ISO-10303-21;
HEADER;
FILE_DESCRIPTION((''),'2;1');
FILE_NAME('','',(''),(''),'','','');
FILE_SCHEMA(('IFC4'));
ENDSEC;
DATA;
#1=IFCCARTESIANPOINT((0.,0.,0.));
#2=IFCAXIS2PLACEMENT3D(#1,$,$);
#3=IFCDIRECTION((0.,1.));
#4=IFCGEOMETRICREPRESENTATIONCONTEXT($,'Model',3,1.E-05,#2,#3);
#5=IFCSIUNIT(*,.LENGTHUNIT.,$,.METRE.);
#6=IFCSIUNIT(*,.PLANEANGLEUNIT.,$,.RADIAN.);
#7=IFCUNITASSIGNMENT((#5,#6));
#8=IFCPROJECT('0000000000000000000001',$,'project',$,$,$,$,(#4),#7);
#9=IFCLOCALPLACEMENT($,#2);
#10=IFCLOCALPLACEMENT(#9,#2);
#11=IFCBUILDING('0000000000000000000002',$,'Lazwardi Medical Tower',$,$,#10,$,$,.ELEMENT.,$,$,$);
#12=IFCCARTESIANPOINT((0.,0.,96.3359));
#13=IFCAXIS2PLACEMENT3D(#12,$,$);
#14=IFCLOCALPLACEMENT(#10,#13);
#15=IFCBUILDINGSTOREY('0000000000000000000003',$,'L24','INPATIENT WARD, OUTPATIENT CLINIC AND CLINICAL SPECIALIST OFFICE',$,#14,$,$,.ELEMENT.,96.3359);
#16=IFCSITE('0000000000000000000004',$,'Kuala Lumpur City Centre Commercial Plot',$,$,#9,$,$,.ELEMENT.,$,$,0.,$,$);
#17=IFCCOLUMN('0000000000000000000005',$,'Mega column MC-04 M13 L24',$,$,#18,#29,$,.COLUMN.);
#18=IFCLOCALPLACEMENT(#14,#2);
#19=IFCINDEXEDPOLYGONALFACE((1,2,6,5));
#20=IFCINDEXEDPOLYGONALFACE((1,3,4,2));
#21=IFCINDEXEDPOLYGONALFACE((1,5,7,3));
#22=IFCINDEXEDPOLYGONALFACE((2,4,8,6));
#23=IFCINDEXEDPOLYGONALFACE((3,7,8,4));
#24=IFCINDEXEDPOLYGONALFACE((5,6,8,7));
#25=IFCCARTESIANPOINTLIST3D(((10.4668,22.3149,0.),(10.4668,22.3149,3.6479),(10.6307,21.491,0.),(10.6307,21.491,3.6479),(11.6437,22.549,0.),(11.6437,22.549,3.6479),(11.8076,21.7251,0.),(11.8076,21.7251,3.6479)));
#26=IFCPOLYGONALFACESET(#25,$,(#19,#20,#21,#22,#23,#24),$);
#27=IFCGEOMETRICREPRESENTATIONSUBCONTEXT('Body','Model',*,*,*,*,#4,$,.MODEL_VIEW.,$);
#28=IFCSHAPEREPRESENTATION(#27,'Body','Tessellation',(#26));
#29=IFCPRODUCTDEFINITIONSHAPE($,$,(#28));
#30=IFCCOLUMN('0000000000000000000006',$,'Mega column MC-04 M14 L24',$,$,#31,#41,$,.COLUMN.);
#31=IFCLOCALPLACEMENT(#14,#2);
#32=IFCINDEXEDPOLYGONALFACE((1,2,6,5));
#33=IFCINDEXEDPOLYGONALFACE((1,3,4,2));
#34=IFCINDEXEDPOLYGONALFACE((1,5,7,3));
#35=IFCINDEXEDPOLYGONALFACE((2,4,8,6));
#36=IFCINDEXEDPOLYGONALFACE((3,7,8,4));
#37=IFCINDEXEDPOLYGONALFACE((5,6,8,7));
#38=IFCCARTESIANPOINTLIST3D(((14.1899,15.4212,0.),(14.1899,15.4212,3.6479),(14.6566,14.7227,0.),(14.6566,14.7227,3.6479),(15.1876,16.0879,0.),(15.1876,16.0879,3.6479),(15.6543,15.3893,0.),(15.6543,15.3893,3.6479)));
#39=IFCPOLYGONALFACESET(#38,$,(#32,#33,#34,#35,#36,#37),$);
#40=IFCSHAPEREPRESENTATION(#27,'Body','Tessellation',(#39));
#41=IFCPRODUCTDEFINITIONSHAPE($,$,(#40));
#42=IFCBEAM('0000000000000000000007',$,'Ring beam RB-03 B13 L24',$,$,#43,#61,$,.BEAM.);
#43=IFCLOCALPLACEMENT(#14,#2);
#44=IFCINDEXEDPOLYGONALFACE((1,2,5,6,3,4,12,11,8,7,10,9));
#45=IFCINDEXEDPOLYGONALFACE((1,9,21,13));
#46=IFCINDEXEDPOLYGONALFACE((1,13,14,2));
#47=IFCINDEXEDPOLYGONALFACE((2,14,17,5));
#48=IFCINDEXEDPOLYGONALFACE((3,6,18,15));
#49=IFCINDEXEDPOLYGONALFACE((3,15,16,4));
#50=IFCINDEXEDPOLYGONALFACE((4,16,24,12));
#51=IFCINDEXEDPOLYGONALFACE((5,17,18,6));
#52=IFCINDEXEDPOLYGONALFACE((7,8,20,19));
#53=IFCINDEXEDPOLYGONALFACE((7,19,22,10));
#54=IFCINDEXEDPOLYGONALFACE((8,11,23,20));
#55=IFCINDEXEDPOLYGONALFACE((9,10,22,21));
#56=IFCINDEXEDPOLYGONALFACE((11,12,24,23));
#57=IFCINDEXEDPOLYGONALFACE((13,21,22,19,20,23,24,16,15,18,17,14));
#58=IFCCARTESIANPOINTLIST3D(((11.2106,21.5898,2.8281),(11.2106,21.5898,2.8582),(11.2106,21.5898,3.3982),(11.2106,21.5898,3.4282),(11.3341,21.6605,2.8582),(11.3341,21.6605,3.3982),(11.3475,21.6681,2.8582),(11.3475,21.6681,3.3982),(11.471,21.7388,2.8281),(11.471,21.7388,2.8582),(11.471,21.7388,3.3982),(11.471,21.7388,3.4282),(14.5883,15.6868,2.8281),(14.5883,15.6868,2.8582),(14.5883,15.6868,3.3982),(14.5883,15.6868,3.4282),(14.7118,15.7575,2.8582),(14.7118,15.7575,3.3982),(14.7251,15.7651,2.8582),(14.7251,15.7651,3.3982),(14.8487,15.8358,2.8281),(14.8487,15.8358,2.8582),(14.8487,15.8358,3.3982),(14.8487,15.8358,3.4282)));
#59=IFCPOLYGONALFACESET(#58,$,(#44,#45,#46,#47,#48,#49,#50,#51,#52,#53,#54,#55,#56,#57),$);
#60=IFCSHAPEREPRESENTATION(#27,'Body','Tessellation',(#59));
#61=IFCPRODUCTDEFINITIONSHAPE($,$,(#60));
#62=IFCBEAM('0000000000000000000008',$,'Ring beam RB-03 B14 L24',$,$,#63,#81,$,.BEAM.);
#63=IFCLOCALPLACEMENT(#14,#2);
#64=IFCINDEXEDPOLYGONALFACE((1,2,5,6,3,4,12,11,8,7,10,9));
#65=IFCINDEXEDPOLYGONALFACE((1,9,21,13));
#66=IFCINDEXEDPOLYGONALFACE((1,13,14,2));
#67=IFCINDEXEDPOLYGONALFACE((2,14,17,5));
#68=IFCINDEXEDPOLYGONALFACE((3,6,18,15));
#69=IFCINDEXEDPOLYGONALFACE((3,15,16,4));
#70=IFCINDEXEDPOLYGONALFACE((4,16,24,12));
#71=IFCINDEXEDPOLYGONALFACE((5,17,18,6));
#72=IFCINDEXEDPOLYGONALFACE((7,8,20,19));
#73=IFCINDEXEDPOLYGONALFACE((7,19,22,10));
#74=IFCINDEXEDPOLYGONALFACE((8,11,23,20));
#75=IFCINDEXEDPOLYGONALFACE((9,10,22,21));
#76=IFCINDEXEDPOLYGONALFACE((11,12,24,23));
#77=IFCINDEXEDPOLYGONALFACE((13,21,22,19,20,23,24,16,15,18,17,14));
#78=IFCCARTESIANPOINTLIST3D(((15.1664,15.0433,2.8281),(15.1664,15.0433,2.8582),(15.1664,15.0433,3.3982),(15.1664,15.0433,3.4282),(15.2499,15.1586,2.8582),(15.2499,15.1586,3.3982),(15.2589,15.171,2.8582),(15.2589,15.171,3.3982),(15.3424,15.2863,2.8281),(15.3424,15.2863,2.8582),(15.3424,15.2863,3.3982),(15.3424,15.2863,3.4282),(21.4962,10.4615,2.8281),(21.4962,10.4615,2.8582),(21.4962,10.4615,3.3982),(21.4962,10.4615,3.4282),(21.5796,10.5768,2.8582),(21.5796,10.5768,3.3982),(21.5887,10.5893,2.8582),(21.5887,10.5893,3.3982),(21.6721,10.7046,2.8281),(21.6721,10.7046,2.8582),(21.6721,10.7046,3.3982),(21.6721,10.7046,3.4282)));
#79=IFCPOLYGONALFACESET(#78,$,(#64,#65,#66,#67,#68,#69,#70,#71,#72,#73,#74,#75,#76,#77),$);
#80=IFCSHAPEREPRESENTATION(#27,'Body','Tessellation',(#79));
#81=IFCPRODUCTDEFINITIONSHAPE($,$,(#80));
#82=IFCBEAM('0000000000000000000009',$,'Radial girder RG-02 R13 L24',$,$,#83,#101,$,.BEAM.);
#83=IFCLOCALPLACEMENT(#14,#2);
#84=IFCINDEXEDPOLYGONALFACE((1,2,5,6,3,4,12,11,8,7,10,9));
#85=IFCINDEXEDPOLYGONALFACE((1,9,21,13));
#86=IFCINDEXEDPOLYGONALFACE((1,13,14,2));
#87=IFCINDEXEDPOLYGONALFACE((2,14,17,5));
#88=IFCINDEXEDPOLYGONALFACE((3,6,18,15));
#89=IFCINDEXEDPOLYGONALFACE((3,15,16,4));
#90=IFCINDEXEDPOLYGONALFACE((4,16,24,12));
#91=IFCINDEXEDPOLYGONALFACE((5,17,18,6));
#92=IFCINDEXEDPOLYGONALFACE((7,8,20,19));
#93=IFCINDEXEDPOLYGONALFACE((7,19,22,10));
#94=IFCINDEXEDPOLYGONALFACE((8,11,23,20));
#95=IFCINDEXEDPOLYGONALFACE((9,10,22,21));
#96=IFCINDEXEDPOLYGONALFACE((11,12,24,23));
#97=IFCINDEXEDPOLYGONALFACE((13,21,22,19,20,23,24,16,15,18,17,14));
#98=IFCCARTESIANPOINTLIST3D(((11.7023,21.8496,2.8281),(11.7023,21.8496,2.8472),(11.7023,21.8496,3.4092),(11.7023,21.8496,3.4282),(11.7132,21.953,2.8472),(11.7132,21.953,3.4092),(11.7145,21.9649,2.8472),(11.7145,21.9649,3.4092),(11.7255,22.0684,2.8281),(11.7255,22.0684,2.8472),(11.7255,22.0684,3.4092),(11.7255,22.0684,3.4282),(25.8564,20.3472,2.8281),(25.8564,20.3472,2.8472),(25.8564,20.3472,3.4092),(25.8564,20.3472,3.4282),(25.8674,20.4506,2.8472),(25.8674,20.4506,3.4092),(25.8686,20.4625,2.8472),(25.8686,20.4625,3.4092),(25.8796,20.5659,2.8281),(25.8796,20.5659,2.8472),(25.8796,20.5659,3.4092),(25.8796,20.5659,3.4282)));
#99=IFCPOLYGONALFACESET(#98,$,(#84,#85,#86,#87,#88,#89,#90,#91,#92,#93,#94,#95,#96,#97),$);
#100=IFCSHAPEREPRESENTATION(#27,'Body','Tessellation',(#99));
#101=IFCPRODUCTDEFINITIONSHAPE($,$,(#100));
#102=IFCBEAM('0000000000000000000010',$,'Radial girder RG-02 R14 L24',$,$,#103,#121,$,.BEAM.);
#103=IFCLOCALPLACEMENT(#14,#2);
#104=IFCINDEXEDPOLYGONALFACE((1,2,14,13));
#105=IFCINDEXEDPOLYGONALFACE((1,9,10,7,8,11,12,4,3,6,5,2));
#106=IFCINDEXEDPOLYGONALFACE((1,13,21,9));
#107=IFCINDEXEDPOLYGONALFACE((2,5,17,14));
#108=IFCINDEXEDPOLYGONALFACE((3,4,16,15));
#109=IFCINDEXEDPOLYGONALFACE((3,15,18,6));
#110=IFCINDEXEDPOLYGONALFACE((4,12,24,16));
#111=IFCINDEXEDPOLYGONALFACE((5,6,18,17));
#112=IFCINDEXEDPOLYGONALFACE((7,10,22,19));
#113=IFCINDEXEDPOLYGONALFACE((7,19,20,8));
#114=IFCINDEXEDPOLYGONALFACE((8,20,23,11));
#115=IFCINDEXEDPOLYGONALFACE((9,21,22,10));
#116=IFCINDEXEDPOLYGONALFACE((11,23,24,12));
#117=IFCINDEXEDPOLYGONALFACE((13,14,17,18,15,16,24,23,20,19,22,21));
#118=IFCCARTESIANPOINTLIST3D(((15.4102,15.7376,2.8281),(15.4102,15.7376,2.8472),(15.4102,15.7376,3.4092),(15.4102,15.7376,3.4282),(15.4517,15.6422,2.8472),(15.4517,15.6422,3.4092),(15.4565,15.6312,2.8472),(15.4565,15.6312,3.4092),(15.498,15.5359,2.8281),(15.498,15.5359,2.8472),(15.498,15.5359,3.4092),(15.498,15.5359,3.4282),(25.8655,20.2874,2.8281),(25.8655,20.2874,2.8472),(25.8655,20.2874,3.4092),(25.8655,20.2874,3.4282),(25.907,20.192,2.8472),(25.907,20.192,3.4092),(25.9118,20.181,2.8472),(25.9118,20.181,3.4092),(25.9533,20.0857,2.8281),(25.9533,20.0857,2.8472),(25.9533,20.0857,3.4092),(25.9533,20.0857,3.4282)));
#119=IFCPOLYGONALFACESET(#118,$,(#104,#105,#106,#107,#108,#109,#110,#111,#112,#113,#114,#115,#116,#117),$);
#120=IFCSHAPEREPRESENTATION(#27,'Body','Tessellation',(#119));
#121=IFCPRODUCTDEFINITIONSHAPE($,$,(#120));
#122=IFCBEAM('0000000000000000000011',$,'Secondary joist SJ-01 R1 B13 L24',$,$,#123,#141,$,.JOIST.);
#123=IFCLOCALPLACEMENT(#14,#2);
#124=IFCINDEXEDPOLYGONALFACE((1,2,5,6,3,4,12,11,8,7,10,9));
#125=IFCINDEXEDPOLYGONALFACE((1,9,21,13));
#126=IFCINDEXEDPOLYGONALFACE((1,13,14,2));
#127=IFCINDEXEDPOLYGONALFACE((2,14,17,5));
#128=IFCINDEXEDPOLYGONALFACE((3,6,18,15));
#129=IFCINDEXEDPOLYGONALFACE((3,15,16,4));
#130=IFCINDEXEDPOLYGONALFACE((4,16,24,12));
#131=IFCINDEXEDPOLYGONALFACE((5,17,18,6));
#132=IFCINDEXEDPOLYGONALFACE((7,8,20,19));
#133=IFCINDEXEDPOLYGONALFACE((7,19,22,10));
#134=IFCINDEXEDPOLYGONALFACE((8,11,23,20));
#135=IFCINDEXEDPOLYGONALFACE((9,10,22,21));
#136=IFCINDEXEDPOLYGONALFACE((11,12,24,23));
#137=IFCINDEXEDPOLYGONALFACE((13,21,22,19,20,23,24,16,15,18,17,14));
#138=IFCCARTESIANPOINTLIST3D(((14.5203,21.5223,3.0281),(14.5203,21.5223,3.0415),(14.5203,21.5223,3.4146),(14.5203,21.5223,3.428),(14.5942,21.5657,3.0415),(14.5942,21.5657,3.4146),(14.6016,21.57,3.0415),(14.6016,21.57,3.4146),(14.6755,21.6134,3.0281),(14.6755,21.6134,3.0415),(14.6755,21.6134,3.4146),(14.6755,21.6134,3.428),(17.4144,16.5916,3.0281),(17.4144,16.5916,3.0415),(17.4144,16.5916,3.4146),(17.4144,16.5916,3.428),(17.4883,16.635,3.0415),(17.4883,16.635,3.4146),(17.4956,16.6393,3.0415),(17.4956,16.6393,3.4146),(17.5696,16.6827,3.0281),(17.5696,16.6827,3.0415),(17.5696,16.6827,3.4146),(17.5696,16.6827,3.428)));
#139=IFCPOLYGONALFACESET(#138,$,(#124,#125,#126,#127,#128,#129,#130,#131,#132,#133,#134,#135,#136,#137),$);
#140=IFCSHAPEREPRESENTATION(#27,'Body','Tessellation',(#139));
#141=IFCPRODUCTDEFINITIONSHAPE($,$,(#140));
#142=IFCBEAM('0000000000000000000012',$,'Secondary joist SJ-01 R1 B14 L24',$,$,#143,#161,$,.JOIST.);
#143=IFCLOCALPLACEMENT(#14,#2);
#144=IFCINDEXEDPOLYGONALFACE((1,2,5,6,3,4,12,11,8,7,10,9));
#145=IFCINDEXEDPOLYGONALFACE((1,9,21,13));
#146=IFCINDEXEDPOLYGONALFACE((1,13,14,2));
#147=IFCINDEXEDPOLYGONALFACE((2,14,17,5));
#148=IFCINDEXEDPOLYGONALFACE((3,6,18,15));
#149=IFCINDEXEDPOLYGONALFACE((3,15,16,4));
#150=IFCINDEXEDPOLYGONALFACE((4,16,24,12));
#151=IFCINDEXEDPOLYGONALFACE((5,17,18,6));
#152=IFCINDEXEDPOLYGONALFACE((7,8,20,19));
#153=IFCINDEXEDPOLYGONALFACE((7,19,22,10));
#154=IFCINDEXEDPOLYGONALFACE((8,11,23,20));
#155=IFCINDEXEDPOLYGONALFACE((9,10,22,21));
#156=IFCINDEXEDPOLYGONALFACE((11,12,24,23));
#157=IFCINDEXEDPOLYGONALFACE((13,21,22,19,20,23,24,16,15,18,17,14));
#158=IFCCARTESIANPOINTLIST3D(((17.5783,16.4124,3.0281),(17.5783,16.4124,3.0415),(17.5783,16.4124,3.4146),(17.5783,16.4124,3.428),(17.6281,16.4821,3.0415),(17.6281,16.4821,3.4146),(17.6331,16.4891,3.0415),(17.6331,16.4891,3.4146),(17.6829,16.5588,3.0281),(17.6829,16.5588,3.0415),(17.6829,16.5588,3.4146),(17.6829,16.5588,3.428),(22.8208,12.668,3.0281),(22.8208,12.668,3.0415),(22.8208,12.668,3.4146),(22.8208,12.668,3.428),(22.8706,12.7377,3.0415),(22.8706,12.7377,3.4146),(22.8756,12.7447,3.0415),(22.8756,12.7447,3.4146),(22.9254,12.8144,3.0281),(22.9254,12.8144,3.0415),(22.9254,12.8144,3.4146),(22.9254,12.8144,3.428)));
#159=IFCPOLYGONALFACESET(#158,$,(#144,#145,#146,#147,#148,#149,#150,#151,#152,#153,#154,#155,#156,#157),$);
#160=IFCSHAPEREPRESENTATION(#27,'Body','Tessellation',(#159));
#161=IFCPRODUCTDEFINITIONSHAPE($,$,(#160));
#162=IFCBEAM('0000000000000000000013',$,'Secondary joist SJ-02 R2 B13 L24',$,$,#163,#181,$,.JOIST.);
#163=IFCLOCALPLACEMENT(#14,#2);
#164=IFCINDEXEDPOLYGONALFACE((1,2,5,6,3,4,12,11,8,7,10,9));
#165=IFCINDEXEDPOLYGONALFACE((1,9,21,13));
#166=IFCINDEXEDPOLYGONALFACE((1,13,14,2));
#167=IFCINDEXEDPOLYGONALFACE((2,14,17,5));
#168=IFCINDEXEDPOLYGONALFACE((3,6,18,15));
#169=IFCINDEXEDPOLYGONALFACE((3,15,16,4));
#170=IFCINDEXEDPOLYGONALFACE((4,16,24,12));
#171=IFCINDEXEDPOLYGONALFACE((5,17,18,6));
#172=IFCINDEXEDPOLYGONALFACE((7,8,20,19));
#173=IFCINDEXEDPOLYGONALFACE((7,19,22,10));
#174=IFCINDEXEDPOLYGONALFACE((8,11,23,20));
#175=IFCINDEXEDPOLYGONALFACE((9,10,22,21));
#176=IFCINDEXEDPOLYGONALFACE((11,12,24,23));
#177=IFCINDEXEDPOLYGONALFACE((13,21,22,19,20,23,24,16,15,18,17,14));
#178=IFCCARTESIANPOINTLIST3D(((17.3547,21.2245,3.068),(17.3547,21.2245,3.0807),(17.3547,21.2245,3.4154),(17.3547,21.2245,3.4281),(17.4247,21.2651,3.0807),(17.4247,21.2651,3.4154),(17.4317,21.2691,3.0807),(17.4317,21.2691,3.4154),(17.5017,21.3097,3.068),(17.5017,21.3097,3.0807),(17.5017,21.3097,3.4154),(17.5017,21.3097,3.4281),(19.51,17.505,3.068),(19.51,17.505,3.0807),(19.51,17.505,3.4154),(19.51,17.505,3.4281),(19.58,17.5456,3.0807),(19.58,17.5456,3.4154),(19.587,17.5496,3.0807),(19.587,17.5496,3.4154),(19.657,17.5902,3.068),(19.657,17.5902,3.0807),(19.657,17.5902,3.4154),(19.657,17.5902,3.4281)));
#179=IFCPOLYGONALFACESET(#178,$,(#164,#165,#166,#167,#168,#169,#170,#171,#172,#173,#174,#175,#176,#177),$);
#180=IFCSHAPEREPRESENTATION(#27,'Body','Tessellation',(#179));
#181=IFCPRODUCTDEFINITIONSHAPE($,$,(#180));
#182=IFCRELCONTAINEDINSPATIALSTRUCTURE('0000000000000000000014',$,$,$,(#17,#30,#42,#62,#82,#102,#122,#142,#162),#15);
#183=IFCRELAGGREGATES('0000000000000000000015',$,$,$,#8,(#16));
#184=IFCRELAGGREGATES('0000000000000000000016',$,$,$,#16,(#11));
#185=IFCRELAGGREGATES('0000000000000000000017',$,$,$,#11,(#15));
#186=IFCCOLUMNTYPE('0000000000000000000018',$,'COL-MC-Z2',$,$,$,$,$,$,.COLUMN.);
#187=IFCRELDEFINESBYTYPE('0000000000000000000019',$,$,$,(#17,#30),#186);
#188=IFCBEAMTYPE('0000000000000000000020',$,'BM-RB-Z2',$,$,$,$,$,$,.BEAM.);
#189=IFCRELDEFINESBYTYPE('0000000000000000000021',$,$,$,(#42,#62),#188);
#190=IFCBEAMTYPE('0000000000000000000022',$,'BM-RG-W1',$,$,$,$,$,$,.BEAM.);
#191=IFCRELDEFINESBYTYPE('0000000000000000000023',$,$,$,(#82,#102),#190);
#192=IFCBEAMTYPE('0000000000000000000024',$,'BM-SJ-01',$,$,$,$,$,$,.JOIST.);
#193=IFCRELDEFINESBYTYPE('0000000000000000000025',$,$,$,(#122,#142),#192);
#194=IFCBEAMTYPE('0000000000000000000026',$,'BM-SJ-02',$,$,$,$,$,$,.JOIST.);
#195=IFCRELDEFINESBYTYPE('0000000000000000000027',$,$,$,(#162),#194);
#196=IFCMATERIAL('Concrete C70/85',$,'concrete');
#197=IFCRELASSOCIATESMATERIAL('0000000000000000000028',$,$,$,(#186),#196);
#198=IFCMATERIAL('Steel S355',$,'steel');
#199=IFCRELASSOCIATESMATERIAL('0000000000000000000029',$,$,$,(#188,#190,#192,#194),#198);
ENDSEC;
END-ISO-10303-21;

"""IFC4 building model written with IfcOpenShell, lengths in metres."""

from ifc_helpers import new_model, si_unit, direction, frame, origin, origin_2d, place, context, subcontext, project, spatial, rectangle, i_section, extrude, material, material_profile, profile_set, type_object, element, save


model = new_model("IFC4")

# Units and contexts
model_context = context("Model", 3, precision=1e-05, world=origin(), true_north=direction((0.0, 1.0)))
body_context = subcontext(model_context, "Body", "Model", "MODEL_VIEW")
ifc_project = project(units=[si_unit("LENGTHUNIT", "METRE"), si_unit("PLANEANGLEUNIT", "RADIAN")], contexts=[model_context])

# Site, building, storey
site_placement = place(None, origin())
site = spatial("IfcSite", under=ifc_project, at=site_placement, Name="Kuala Lumpur City Centre Commercial Plot", CompositionType="ELEMENT", RefElevation=0.0)
building_placement = place(site_placement, origin())
building = spatial("IfcBuilding", under=site, at=building_placement, Name="Lazwardi Medical Tower", CompositionType="ELEMENT")
storey_placement = place(building_placement, frame((0.0, 0.0, 96.3359)))
storey = spatial("IfcBuildingStorey", under=building, at=storey_placement, Name="L24", Description="INPATIENT WARD, OUTPATIENT CLINIC AND CLINICAL SPECIALIST OFFICE", CompositionType="ELEMENT", Elevation=96.3359)

# Columns
ifc_material_1 = material(Name="Concrete C70/85", Category="concrete")
ifc_material_profile_1 = material_profile(ifc_material_1, rectangle(XDim=1.2, YDim=0.8401, at=origin_2d()), Name="CFT-RECT 1200x840")
ifc_profile_set_1 = profile_set([ifc_material_profile_1], Name="Concrete C70/85")
column_type = type_object("IfcColumnType", Name="COL-MC-Z2", PredefinedType="COLUMN", material=ifc_profile_set_1)
for number, where, z_axis, x_axis, name in (
    (1, (11.1372, 22.02, 0.0), (0.0, 0.0, 1.0), (-0.980785, -0.19509, 0.0), "Mega column MC-04 M13 L24"),
    (2, (14.9221, 15.4053, 0.0), (0.0, 0.0, 1.0), (-0.83147, -0.55557, 0.0), "Mega column MC-04 M14 L24"),
):
    element("IfcColumn", number, at=place(storey_placement, frame(where, z_axis=z_axis, x_axis=x_axis)), inside=storey, type_object=column_type, Name=name, PredefinedType="COLUMN", context=body_context, shape_type="SweptSolid", body=[
        extrude(rectangle(XDim=1.2, YDim=0.8401, at=origin_2d()), origin(), (0.0, 0.0, 1.0), 3.6479),
    ])

# Beams
ifc_material_2 = material(Name="Steel S355", Category="steel")
ifc_material_profile_2 = material_profile(ifc_material_2, i_section(OverallWidth=0.3, OverallDepth=0.6001, WebThickness=0.0154, FlangeThickness=0.03, at=origin_2d()), Name="HEB 600")
ifc_profile_set_2 = profile_set([ifc_material_profile_2], Name="Steel S355")
beam_type_1 = type_object("IfcBeamType", Name="BM-RB-Z2", PredefinedType="BEAM", material=ifc_profile_set_2)
beam_1_placement = place(storey_placement, frame((11.3408, 21.6643, 3.1282), z_axis=(0.496638, -0.867958, 0.0), x_axis=(0.867958, 0.496638, 0.0)))
element("IfcBeam", 3, at=beam_1_placement, inside=storey, type_object=beam_type_1, Name="Ring beam RB-03 B13 L24", PredefinedType="BEAM", context=body_context, shape_type="SweptSolid", body=[
    extrude(i_section(OverallWidth=0.3, OverallDepth=0.6001, WebThickness=0.0154, FlangeThickness=0.03, at=origin_2d()), origin(), (0.0, 0.0, 1.0), 6.801),
])
beam_2_placement = place(storey_placement, frame((15.2544, 15.1648, 3.1282), z_axis=(0.810057, -0.586351, 0.0), x_axis=(0.586351, 0.810057, 0.0)))
element("IfcBeam", 4, at=beam_2_placement, inside=storey, type_object=beam_type_1, Name="Ring beam RB-03 B14 L24", PredefinedType="BEAM", context=body_context, shape_type="SweptSolid", body=[
    extrude(i_section(OverallWidth=0.3, OverallDepth=0.6001, WebThickness=0.0154, FlangeThickness=0.03, at=origin_2d()), origin(), (0.0, 0.0, 1.0), 7.814),
])
ifc_material_profile_3 = material_profile(ifc_material_2, i_section(OverallWidth=0.22, OverallDepth=0.6001, WebThickness=0.012, FlangeThickness=0.019, at=origin_2d()), Name="IPE 600")
ifc_profile_set_3 = profile_set([ifc_material_profile_3], Name="Steel S355")
beam_type_2 = type_object("IfcBeamType", Name="BM-RG-W1", PredefinedType="BEAM", material=ifc_profile_set_3)
beam_3_placement = place(storey_placement, frame((11.7139, 21.959, 3.1282), z_axis=(0.994413, -0.105556, 0.0), x_axis=(0.105556, 0.994413, 0.0)))
element("IfcBeam", 5, at=beam_3_placement, inside=storey, type_object=beam_type_2, Name="Radial girder RG-02 R13 L24", PredefinedType="BEAM", context=body_context, shape_type="SweptSolid", body=[
    extrude(i_section(OverallWidth=0.22, OverallDepth=0.6001, WebThickness=0.012, FlangeThickness=0.019, at=origin_2d()), origin(), (0.0, 0.0, 1.0), 14.2336),
])
beam_4_placement = place(storey_placement, frame((15.4541, 15.6367, 3.1282), z_axis=(0.916941, 0.399022, 0.0), x_axis=(-0.399022, 0.916941, 0.0)))
element("IfcBeam", 6, at=beam_4_placement, inside=storey, type_object=beam_type_2, Name="Radial girder RG-02 R14 L24", PredefinedType="BEAM", context=body_context, shape_type="SweptSolid", body=[
    extrude(i_section(OverallWidth=0.22, OverallDepth=0.6001, WebThickness=0.012, FlangeThickness=0.019, at=origin_2d()), origin(), (0.0, 0.0, 1.0), 11.4023),
])
ifc_material_profile_4 = material_profile(ifc_material_2, i_section(OverallWidth=0.1799, OverallDepth=0.3999, WebThickness=0.0085, FlangeThickness=0.0134, at=origin_2d()), Name="IPE 400")
ifc_profile_set_4 = profile_set([ifc_material_profile_4], Name="Steel S355")
beam_type_3 = type_object("IfcBeamType", Name="BM-SJ-01", PredefinedType="JOIST", material=ifc_profile_set_4)
beam_5_placement = place(storey_placement, frame((14.5979, 21.5679, 3.228), z_axis=(0.506195, -0.862419, 0.0), x_axis=(0.862419, 0.506195, 0.0)))
element("IfcBeam", 7, at=beam_5_placement, inside=storey, type_object=beam_type_3, Name="Secondary joist SJ-01 R1 B13 L24", PredefinedType="JOIST", context=body_context, shape_type="SweptSolid", body=[
    extrude(i_section(OverallWidth=0.1799, OverallDepth=0.3999, WebThickness=0.0085, FlangeThickness=0.0134, at=origin_2d()), origin(), (0.0, 0.0, 1.0), 5.7173),
])
beam_6_placement = place(storey_placement, frame((17.6306, 16.4856, 3.228), z_axis=(0.813749, -0.581217, 0.0), x_axis=(0.581217, 0.813749, 0.0)))
element("IfcBeam", 8, at=beam_6_placement, inside=storey, type_object=beam_type_3, Name="Secondary joist SJ-01 R1 B14 L24", PredefinedType="JOIST", context=body_context, shape_type="SweptSolid", body=[
    extrude(i_section(OverallWidth=0.1799, OverallDepth=0.3999, WebThickness=0.0085, FlangeThickness=0.0134, at=origin_2d()), origin(), (0.0, 0.0, 1.0), 6.4424),
])
ifc_material_profile_5 = material_profile(ifc_material_2, i_section(OverallWidth=0.1699, OverallDepth=0.3601, WebThickness=0.0081, FlangeThickness=0.0127, at=origin_2d()), Name="IPE 360")
ifc_profile_set_5 = profile_set([ifc_material_profile_5], Name="Steel S355")
beam_type_4 = type_object("IfcBeamType", Name="BM-SJ-02", PredefinedType="JOIST", material=ifc_profile_set_5)
beam_7_placement = place(storey_placement, frame((17.4282, 21.2671, 3.248), z_axis=(0.501365, -0.865236, 0.0), x_axis=(0.865236, 0.501365, 0.0)))
element("IfcBeam", 9, at=beam_7_placement, inside=storey, type_object=beam_type_4, Name="Secondary joist SJ-02 R2 B13 L24", PredefinedType="JOIST", context=body_context, shape_type="SweptSolid", body=[
    extrude(i_section(OverallWidth=0.1699, OverallDepth=0.3601, WebThickness=0.0081, FlangeThickness=0.0127, at=origin_2d()), origin(), (0.0, 0.0, 1.0), 4.2988),
])

save(model, "model.ifc")
